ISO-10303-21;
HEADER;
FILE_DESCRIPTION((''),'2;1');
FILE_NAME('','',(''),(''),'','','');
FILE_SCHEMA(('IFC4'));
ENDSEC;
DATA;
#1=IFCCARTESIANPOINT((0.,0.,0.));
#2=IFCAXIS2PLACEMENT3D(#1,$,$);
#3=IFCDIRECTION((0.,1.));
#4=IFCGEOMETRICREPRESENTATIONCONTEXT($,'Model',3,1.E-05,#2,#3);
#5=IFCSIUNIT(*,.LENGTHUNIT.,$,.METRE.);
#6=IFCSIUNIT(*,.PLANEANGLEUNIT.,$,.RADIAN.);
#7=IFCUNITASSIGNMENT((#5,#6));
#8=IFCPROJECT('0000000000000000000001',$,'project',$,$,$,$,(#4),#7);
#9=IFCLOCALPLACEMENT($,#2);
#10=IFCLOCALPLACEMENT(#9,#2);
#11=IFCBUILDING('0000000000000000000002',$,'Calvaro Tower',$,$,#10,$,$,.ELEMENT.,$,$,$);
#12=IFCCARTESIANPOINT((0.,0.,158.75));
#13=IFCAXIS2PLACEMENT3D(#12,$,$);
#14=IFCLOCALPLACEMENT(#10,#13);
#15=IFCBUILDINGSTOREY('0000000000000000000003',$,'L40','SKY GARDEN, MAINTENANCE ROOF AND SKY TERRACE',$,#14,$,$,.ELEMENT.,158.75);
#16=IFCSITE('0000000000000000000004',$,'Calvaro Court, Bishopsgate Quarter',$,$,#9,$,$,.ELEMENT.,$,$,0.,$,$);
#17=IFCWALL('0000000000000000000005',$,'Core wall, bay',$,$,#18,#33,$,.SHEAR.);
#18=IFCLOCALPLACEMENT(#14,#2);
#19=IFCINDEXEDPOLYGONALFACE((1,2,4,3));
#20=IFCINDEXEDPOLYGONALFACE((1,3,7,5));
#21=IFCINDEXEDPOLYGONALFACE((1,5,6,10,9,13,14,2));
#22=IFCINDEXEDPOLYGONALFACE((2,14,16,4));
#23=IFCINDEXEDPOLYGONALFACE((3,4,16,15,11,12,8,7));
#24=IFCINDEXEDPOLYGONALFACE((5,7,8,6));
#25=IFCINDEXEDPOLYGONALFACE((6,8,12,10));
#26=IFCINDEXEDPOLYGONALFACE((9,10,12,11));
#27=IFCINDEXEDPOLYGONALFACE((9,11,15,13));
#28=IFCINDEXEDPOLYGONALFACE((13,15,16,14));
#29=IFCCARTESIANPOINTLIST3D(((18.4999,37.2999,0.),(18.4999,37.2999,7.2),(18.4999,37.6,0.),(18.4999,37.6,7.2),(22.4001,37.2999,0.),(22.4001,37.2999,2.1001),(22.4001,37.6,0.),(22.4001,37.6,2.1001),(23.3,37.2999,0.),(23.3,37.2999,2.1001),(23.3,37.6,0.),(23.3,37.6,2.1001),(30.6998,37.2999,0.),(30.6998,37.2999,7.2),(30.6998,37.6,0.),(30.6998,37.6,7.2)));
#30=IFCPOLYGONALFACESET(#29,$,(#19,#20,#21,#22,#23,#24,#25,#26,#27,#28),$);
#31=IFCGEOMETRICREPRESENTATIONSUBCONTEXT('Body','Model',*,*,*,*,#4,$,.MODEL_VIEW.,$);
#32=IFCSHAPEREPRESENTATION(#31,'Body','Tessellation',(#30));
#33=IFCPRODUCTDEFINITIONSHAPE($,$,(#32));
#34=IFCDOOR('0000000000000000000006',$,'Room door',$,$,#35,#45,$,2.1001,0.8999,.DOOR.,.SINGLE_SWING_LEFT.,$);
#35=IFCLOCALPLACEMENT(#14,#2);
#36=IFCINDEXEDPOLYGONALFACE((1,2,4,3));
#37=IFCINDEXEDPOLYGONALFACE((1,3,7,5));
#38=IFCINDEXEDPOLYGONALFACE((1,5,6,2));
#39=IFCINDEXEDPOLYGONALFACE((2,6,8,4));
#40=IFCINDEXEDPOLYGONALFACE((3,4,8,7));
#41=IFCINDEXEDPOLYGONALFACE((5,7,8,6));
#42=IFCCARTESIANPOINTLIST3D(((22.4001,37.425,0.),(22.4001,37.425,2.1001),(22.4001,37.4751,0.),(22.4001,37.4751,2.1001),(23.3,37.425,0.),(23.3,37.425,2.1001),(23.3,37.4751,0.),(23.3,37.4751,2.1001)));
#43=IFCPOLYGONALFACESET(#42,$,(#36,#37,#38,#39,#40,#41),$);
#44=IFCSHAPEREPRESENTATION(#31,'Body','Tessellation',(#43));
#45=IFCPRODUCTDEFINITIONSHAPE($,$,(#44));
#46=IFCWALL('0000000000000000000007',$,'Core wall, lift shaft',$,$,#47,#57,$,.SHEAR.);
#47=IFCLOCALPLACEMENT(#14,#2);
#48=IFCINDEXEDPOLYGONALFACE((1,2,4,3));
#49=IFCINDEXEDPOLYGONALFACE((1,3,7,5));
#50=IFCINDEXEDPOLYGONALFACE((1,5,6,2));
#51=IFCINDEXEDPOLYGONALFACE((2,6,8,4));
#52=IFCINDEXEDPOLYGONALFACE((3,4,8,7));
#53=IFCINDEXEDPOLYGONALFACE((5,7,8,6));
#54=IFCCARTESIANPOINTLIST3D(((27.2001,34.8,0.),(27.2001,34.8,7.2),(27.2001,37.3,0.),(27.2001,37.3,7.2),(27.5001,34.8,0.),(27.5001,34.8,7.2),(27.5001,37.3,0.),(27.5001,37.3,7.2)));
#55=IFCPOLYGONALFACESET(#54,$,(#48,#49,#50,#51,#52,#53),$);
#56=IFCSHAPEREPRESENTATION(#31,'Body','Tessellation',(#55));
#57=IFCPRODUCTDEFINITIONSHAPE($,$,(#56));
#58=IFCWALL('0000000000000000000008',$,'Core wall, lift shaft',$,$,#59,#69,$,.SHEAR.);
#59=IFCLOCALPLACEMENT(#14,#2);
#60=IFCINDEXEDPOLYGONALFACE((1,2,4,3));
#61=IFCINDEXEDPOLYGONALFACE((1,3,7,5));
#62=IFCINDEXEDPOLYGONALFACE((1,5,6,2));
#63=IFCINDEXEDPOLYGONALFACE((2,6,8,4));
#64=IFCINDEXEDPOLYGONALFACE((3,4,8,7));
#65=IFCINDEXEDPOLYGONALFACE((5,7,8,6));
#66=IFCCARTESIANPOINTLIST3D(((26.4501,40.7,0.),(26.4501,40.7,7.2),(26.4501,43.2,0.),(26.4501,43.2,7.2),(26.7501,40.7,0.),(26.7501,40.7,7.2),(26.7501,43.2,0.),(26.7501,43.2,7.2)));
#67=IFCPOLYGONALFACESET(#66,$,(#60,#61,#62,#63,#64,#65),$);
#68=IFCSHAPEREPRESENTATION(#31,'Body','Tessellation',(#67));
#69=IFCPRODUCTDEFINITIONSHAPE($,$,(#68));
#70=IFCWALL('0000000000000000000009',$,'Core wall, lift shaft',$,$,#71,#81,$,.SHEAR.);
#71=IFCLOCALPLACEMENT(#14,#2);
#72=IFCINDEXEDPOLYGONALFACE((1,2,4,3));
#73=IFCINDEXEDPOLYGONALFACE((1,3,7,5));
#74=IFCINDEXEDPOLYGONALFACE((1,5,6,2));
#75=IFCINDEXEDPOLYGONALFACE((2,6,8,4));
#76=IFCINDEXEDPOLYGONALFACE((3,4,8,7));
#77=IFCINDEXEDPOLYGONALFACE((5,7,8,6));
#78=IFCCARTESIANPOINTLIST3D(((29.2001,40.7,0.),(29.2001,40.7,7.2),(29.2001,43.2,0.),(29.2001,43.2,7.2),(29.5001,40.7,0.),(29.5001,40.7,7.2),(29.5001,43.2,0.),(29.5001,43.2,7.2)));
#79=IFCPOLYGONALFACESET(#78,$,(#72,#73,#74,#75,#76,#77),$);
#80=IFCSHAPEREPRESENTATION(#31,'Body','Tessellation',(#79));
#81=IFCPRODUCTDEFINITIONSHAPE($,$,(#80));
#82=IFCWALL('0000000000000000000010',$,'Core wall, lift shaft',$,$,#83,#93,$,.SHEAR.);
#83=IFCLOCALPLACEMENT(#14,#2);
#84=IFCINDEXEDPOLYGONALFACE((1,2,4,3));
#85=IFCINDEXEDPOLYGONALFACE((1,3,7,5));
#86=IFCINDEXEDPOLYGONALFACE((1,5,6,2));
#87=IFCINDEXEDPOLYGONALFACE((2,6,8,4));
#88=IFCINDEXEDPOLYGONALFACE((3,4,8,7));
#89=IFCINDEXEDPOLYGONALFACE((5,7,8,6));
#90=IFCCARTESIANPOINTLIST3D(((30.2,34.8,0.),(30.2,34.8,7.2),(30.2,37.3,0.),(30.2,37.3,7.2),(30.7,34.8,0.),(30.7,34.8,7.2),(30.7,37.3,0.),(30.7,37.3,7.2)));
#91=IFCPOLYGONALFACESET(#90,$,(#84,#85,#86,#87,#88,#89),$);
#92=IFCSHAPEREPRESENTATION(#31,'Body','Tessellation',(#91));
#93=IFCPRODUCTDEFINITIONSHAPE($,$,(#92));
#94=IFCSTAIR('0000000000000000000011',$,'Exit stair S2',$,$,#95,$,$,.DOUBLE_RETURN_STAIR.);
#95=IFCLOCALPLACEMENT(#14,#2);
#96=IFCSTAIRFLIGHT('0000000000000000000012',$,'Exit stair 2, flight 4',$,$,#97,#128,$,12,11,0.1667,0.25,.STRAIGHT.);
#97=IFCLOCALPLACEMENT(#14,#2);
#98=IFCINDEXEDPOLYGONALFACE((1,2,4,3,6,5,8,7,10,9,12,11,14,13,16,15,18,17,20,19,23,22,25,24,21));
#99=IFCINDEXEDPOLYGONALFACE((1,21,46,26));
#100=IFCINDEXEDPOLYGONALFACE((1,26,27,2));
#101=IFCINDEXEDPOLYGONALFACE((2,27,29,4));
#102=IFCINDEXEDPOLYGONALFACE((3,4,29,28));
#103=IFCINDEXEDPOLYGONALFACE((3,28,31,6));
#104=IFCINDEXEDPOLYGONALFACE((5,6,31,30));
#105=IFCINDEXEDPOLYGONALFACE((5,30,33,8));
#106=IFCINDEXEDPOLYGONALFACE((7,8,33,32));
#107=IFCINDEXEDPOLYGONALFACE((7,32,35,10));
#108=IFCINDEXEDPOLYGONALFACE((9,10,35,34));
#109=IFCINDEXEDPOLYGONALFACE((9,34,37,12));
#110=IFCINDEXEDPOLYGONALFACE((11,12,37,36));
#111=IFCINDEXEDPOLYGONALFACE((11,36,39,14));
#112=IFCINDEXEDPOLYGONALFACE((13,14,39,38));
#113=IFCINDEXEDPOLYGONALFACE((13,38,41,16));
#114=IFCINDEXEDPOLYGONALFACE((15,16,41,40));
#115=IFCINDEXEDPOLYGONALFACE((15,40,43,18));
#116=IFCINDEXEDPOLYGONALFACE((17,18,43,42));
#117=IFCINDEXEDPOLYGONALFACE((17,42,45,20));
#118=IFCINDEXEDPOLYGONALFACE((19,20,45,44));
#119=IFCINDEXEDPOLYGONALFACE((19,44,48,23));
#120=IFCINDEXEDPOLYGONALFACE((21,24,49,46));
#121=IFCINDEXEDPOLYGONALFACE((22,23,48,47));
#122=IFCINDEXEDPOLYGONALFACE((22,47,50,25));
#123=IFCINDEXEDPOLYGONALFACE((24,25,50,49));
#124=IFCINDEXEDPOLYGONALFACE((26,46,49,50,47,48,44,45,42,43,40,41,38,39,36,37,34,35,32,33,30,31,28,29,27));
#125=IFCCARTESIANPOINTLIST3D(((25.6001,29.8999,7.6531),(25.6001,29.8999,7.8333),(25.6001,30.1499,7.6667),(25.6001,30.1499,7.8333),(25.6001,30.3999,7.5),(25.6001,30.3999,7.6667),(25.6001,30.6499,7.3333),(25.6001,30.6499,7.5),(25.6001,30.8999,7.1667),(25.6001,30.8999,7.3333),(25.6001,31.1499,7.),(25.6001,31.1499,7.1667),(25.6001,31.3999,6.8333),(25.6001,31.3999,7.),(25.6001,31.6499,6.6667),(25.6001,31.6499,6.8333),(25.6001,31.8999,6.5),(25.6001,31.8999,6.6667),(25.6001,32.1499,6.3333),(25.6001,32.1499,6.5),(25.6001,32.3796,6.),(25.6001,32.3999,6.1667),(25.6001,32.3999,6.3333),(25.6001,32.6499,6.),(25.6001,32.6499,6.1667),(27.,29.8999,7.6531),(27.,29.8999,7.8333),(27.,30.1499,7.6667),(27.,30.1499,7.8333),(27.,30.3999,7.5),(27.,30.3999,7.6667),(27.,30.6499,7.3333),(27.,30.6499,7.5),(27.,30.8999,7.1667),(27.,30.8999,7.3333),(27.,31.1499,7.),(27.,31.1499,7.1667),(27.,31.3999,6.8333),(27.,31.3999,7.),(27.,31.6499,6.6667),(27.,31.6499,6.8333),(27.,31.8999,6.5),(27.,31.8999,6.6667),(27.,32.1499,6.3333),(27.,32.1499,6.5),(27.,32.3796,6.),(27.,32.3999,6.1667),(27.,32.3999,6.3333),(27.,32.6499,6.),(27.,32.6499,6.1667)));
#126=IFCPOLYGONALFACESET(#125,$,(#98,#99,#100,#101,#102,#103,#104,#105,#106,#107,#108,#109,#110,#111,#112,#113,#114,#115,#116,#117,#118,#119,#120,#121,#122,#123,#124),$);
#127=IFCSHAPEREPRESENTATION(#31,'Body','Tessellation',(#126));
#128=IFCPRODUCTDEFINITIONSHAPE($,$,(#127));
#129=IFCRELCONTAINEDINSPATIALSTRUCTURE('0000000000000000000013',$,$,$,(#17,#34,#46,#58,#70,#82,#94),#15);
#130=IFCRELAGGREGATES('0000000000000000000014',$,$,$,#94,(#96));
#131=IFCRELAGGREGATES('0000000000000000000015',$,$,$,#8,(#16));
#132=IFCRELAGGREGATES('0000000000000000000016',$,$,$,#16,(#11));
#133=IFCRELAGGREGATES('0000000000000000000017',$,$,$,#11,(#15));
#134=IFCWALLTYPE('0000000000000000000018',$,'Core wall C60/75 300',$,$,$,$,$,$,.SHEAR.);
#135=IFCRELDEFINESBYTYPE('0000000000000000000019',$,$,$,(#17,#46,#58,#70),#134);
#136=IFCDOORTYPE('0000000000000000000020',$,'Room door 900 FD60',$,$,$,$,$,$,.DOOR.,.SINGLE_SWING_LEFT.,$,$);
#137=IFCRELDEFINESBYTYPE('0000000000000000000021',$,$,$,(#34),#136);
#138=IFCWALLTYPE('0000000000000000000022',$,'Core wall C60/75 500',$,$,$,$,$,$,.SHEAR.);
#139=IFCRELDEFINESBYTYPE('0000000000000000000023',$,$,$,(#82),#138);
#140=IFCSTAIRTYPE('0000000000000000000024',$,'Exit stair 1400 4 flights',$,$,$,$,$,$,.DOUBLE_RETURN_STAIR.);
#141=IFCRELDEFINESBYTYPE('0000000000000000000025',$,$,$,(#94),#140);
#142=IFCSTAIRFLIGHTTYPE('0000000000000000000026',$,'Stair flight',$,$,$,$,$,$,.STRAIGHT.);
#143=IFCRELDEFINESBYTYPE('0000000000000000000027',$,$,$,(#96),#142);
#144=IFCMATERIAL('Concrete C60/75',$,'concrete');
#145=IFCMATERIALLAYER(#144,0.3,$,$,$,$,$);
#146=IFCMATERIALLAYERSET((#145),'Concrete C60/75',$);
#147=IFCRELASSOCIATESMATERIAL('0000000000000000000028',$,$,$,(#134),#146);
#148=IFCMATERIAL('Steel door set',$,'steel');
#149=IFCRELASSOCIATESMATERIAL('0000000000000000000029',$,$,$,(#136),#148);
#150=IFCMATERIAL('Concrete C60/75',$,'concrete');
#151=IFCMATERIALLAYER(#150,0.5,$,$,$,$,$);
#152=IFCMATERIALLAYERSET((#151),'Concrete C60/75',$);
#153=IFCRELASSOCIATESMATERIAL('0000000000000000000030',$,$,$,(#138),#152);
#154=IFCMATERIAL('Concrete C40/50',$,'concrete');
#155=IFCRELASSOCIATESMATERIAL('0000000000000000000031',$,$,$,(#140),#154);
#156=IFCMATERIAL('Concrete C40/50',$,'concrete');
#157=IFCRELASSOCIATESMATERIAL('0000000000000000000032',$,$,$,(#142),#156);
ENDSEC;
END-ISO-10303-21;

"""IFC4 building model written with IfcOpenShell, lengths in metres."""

from ifc_helpers import new_model, si_unit, direction, frame, frame_2d, origin, place, context, subcontext, project, spatial, polyline, rectangle, outline, extrude, material, layer, layer_set, type_object, element, fill, aggregate, save


model = new_model("IFC4")

# Units and contexts
model_context = context("Model", 3, precision=1e-05, world=origin(), true_north=direction((0.0, 1.0)))
body_context = subcontext(model_context, "Body", "Model", "MODEL_VIEW")
ifc_project = project(units=[si_unit("LENGTHUNIT", "METRE"), si_unit("PLANEANGLEUNIT", "RADIAN")], contexts=[model_context])

# Site, building, storey
site_placement = place(None, origin())
site = spatial("IfcSite", under=ifc_project, at=site_placement, Name="Calvaro Court, Bishopsgate Quarter", CompositionType="ELEMENT", RefElevation=0.0)
building_placement = place(site_placement, origin())
building = spatial("IfcBuilding", under=site, at=building_placement, Name="Calvaro Tower", CompositionType="ELEMENT")
storey_placement = place(building_placement, frame((0.0, 0.0, 158.75)))
storey = spatial("IfcBuildingStorey", under=building, at=storey_placement, Name="L40", Description="SKY GARDEN, MAINTENANCE ROOF AND SKY TERRACE", CompositionType="ELEMENT", Elevation=158.75)

# Wall, opening, door
ifc_material_1 = material(Name="Concrete C60/75", Category="concrete")
ifc_layer_1 = layer(ifc_material_1, 0.3)
ifc_layer_set_1 = layer_set([ifc_layer_1], Name="Concrete C60/75")
wall_type_1 = type_object("IfcWallType", Name="Core wall C60/75 300", PredefinedType="SHEAR", material=ifc_layer_set_1)
wall_1_placement = place(storey_placement, frame((30.7, 37.45, 0.0), z_axis=(0.0, 0.0, 1.0), x_axis=(-1.0, 0.0, 0.0)))
wall_1 = element("IfcWall", 1, at=wall_1_placement, inside=storey, type_object=wall_type_1, Name="Core wall, bay", PredefinedType="SHEAR", context=body_context, shape_type="SweptSolid", body=[
    extrude(rectangle(XDim=12.2, YDim=0.3, at=frame_2d((6.1001, 0.0))), origin(), (0.0, 0.0, 1.0), 7.2),
])
opening_placement = place(wall_1_placement, frame((7.3999, 0.0, 0.0)))
opening = element("IfcOpeningElement", 2, at=opening_placement, cuts=wall_1, PredefinedType="OPENING", context=body_context, shape_type="SweptSolid", body=[
    extrude(rectangle(XDim=0.8999, YDim=2.1001, at=frame_2d((0.45, 1.05))), frame((0.0, 0.1599, 0.0), z_axis=(0.0, -1.0, 0.0), x_axis=(1.0, 0.0, 0.0)), (0.0, 0.0, 1.0), 0.3201),
])
ifc_material_2 = material(Name="Steel door set", Category="steel")
door_type = type_object("IfcDoorType", Name="Room door 900 FD60", OperationType="SINGLE_SWING_LEFT", PredefinedType="DOOR", material=ifc_material_2)
door_placement = place(opening_placement, origin())
door = element("IfcDoor", 3, at=door_placement, inside=storey, type_object=door_type, Name="Room door", OperationType="SINGLE_SWING_LEFT", OverallHeight=2.1001, OverallWidth=0.8999, PredefinedType="DOOR", context=body_context, shape_type="SweptSolid", body=[
    extrude(rectangle(XDim=0.8999, YDim=2.1001, at=frame_2d((0.45, 1.05))), frame((0.0, 0.0249, 0.0), z_axis=(0.0, -1.0, 0.0), x_axis=(1.0, 0.0, 0.0)), (0.0, 0.0, 1.0), 0.05),
])
fill(opening, door)

# Walls
for number, where, z_axis, x_axis, name in (
    (4, (27.3501, 34.8, 0.0), (0.0, 0.0, 1.0), (0.0, 1.0, 0.0), "Core wall, lift shaft"),
    (5, (26.6001, 40.7, 0.0), (0.0, 0.0, 1.0), (0.0, 1.0, 0.0), "Core wall, lift shaft"),
    (6, (29.3501, 40.7, 0.0), (0.0, 0.0, 1.0), (0.0, 1.0, 0.0), "Core wall, lift shaft"),
):
    element("IfcWall", number, at=place(storey_placement, frame(where, z_axis=z_axis, x_axis=x_axis)), inside=storey, type_object=wall_type_1, Name=name, PredefinedType="SHEAR", context=body_context, shape_type="SweptSolid", body=[
        extrude(rectangle(XDim=2.5, YDim=0.3, at=frame_2d((1.25, 0.0))), origin(), (0.0, 0.0, 1.0), 7.2),
    ])
ifc_material_3 = material(Name="Concrete C60/75", Category="concrete")
ifc_layer_2 = layer(ifc_material_3, 0.5)
ifc_layer_set_2 = layer_set([ifc_layer_2], Name="Concrete C60/75")
wall_type_2 = type_object("IfcWallType", Name="Core wall C60/75 500", PredefinedType="SHEAR", material=ifc_layer_set_2)
wall_2_placement = place(storey_placement, frame((30.45, 34.8, 0.0), z_axis=(0.0, 0.0, 1.0), x_axis=(0.0, 1.0, 0.0)))
element("IfcWall", 7, at=wall_2_placement, inside=storey, type_object=wall_type_2, Name="Core wall, lift shaft", PredefinedType="SHEAR", context=body_context, shape_type="SweptSolid", body=[
    extrude(rectangle(XDim=2.5, YDim=0.5, at=frame_2d((1.25, 0.0))), origin(), (0.0, 0.0, 1.0), 7.2),
])

# Stair, stair flight
ifc_material_4 = material(Name="Concrete C40/50", Category="concrete")
stair_type = type_object("IfcStairType", Name="Exit stair 1400 4 flights", PredefinedType="DOUBLE_RETURN_STAIR", material=ifc_material_4)
stair_placement = place(storey_placement, origin())
stair = element("IfcStair", 8, at=stair_placement, inside=storey, type_object=stair_type, Name="Exit stair S2", PredefinedType="DOUBLE_RETURN_STAIR")
ifc_material_5 = material(Name="Concrete C40/50", Category="concrete")
stair_flight_type = type_object("IfcStairFlightType", Name="Stair flight", PredefinedType="STRAIGHT", material=ifc_material_5)
stair_flight_placement = place(storey_placement, frame((26.3, 32.6499, 6.0), z_axis=(0.0, 0.0, 1.0), x_axis=(0.0, -1.0, 0.0)))
stair_flight = element("IfcStairFlight", 9, at=stair_flight_placement, type_object=stair_flight_type, Name="Exit stair 2, flight 4", NumberOfRisers=12, NumberOfTreads=11, PredefinedType="STRAIGHT", RiserHeight=0.1667, TreadLength=0.25, context=body_context, shape_type="SweptSolid", body=[
    extrude(outline(polyline([(0.0, 0.0), (0.0, 0.1667), (0.25, 0.1667), (0.25, 0.3333), (0.5, 0.3333), (0.5, 0.5), (0.75, 0.5), (0.75, 0.6667), (1.0, 0.6667), (1.0, 0.8333), (1.25, 0.8333), (1.25, 1.0), (1.5, 1.0), (1.5, 1.1667), (1.75, 1.1667), (1.75, 1.3333), (2.0, 1.3333), (2.0, 1.5), (2.25, 1.5), (2.25, 1.6667), (2.5, 1.6667), (2.5, 1.8333), (2.75, 1.8333), (2.75, 2.0), (2.75, 1.6531), (0.2703, 0.0), (0.0, 0.0)])), frame((0.0, 0.7, 0.0), z_axis=(0.0, -1.0, 0.0), x_axis=(1.0, 0.0, 0.0)), (0.0, 0.0, 1.0), 1.3999),
])
aggregate(stair, [stair_flight])

save(model, "model.ifc")
